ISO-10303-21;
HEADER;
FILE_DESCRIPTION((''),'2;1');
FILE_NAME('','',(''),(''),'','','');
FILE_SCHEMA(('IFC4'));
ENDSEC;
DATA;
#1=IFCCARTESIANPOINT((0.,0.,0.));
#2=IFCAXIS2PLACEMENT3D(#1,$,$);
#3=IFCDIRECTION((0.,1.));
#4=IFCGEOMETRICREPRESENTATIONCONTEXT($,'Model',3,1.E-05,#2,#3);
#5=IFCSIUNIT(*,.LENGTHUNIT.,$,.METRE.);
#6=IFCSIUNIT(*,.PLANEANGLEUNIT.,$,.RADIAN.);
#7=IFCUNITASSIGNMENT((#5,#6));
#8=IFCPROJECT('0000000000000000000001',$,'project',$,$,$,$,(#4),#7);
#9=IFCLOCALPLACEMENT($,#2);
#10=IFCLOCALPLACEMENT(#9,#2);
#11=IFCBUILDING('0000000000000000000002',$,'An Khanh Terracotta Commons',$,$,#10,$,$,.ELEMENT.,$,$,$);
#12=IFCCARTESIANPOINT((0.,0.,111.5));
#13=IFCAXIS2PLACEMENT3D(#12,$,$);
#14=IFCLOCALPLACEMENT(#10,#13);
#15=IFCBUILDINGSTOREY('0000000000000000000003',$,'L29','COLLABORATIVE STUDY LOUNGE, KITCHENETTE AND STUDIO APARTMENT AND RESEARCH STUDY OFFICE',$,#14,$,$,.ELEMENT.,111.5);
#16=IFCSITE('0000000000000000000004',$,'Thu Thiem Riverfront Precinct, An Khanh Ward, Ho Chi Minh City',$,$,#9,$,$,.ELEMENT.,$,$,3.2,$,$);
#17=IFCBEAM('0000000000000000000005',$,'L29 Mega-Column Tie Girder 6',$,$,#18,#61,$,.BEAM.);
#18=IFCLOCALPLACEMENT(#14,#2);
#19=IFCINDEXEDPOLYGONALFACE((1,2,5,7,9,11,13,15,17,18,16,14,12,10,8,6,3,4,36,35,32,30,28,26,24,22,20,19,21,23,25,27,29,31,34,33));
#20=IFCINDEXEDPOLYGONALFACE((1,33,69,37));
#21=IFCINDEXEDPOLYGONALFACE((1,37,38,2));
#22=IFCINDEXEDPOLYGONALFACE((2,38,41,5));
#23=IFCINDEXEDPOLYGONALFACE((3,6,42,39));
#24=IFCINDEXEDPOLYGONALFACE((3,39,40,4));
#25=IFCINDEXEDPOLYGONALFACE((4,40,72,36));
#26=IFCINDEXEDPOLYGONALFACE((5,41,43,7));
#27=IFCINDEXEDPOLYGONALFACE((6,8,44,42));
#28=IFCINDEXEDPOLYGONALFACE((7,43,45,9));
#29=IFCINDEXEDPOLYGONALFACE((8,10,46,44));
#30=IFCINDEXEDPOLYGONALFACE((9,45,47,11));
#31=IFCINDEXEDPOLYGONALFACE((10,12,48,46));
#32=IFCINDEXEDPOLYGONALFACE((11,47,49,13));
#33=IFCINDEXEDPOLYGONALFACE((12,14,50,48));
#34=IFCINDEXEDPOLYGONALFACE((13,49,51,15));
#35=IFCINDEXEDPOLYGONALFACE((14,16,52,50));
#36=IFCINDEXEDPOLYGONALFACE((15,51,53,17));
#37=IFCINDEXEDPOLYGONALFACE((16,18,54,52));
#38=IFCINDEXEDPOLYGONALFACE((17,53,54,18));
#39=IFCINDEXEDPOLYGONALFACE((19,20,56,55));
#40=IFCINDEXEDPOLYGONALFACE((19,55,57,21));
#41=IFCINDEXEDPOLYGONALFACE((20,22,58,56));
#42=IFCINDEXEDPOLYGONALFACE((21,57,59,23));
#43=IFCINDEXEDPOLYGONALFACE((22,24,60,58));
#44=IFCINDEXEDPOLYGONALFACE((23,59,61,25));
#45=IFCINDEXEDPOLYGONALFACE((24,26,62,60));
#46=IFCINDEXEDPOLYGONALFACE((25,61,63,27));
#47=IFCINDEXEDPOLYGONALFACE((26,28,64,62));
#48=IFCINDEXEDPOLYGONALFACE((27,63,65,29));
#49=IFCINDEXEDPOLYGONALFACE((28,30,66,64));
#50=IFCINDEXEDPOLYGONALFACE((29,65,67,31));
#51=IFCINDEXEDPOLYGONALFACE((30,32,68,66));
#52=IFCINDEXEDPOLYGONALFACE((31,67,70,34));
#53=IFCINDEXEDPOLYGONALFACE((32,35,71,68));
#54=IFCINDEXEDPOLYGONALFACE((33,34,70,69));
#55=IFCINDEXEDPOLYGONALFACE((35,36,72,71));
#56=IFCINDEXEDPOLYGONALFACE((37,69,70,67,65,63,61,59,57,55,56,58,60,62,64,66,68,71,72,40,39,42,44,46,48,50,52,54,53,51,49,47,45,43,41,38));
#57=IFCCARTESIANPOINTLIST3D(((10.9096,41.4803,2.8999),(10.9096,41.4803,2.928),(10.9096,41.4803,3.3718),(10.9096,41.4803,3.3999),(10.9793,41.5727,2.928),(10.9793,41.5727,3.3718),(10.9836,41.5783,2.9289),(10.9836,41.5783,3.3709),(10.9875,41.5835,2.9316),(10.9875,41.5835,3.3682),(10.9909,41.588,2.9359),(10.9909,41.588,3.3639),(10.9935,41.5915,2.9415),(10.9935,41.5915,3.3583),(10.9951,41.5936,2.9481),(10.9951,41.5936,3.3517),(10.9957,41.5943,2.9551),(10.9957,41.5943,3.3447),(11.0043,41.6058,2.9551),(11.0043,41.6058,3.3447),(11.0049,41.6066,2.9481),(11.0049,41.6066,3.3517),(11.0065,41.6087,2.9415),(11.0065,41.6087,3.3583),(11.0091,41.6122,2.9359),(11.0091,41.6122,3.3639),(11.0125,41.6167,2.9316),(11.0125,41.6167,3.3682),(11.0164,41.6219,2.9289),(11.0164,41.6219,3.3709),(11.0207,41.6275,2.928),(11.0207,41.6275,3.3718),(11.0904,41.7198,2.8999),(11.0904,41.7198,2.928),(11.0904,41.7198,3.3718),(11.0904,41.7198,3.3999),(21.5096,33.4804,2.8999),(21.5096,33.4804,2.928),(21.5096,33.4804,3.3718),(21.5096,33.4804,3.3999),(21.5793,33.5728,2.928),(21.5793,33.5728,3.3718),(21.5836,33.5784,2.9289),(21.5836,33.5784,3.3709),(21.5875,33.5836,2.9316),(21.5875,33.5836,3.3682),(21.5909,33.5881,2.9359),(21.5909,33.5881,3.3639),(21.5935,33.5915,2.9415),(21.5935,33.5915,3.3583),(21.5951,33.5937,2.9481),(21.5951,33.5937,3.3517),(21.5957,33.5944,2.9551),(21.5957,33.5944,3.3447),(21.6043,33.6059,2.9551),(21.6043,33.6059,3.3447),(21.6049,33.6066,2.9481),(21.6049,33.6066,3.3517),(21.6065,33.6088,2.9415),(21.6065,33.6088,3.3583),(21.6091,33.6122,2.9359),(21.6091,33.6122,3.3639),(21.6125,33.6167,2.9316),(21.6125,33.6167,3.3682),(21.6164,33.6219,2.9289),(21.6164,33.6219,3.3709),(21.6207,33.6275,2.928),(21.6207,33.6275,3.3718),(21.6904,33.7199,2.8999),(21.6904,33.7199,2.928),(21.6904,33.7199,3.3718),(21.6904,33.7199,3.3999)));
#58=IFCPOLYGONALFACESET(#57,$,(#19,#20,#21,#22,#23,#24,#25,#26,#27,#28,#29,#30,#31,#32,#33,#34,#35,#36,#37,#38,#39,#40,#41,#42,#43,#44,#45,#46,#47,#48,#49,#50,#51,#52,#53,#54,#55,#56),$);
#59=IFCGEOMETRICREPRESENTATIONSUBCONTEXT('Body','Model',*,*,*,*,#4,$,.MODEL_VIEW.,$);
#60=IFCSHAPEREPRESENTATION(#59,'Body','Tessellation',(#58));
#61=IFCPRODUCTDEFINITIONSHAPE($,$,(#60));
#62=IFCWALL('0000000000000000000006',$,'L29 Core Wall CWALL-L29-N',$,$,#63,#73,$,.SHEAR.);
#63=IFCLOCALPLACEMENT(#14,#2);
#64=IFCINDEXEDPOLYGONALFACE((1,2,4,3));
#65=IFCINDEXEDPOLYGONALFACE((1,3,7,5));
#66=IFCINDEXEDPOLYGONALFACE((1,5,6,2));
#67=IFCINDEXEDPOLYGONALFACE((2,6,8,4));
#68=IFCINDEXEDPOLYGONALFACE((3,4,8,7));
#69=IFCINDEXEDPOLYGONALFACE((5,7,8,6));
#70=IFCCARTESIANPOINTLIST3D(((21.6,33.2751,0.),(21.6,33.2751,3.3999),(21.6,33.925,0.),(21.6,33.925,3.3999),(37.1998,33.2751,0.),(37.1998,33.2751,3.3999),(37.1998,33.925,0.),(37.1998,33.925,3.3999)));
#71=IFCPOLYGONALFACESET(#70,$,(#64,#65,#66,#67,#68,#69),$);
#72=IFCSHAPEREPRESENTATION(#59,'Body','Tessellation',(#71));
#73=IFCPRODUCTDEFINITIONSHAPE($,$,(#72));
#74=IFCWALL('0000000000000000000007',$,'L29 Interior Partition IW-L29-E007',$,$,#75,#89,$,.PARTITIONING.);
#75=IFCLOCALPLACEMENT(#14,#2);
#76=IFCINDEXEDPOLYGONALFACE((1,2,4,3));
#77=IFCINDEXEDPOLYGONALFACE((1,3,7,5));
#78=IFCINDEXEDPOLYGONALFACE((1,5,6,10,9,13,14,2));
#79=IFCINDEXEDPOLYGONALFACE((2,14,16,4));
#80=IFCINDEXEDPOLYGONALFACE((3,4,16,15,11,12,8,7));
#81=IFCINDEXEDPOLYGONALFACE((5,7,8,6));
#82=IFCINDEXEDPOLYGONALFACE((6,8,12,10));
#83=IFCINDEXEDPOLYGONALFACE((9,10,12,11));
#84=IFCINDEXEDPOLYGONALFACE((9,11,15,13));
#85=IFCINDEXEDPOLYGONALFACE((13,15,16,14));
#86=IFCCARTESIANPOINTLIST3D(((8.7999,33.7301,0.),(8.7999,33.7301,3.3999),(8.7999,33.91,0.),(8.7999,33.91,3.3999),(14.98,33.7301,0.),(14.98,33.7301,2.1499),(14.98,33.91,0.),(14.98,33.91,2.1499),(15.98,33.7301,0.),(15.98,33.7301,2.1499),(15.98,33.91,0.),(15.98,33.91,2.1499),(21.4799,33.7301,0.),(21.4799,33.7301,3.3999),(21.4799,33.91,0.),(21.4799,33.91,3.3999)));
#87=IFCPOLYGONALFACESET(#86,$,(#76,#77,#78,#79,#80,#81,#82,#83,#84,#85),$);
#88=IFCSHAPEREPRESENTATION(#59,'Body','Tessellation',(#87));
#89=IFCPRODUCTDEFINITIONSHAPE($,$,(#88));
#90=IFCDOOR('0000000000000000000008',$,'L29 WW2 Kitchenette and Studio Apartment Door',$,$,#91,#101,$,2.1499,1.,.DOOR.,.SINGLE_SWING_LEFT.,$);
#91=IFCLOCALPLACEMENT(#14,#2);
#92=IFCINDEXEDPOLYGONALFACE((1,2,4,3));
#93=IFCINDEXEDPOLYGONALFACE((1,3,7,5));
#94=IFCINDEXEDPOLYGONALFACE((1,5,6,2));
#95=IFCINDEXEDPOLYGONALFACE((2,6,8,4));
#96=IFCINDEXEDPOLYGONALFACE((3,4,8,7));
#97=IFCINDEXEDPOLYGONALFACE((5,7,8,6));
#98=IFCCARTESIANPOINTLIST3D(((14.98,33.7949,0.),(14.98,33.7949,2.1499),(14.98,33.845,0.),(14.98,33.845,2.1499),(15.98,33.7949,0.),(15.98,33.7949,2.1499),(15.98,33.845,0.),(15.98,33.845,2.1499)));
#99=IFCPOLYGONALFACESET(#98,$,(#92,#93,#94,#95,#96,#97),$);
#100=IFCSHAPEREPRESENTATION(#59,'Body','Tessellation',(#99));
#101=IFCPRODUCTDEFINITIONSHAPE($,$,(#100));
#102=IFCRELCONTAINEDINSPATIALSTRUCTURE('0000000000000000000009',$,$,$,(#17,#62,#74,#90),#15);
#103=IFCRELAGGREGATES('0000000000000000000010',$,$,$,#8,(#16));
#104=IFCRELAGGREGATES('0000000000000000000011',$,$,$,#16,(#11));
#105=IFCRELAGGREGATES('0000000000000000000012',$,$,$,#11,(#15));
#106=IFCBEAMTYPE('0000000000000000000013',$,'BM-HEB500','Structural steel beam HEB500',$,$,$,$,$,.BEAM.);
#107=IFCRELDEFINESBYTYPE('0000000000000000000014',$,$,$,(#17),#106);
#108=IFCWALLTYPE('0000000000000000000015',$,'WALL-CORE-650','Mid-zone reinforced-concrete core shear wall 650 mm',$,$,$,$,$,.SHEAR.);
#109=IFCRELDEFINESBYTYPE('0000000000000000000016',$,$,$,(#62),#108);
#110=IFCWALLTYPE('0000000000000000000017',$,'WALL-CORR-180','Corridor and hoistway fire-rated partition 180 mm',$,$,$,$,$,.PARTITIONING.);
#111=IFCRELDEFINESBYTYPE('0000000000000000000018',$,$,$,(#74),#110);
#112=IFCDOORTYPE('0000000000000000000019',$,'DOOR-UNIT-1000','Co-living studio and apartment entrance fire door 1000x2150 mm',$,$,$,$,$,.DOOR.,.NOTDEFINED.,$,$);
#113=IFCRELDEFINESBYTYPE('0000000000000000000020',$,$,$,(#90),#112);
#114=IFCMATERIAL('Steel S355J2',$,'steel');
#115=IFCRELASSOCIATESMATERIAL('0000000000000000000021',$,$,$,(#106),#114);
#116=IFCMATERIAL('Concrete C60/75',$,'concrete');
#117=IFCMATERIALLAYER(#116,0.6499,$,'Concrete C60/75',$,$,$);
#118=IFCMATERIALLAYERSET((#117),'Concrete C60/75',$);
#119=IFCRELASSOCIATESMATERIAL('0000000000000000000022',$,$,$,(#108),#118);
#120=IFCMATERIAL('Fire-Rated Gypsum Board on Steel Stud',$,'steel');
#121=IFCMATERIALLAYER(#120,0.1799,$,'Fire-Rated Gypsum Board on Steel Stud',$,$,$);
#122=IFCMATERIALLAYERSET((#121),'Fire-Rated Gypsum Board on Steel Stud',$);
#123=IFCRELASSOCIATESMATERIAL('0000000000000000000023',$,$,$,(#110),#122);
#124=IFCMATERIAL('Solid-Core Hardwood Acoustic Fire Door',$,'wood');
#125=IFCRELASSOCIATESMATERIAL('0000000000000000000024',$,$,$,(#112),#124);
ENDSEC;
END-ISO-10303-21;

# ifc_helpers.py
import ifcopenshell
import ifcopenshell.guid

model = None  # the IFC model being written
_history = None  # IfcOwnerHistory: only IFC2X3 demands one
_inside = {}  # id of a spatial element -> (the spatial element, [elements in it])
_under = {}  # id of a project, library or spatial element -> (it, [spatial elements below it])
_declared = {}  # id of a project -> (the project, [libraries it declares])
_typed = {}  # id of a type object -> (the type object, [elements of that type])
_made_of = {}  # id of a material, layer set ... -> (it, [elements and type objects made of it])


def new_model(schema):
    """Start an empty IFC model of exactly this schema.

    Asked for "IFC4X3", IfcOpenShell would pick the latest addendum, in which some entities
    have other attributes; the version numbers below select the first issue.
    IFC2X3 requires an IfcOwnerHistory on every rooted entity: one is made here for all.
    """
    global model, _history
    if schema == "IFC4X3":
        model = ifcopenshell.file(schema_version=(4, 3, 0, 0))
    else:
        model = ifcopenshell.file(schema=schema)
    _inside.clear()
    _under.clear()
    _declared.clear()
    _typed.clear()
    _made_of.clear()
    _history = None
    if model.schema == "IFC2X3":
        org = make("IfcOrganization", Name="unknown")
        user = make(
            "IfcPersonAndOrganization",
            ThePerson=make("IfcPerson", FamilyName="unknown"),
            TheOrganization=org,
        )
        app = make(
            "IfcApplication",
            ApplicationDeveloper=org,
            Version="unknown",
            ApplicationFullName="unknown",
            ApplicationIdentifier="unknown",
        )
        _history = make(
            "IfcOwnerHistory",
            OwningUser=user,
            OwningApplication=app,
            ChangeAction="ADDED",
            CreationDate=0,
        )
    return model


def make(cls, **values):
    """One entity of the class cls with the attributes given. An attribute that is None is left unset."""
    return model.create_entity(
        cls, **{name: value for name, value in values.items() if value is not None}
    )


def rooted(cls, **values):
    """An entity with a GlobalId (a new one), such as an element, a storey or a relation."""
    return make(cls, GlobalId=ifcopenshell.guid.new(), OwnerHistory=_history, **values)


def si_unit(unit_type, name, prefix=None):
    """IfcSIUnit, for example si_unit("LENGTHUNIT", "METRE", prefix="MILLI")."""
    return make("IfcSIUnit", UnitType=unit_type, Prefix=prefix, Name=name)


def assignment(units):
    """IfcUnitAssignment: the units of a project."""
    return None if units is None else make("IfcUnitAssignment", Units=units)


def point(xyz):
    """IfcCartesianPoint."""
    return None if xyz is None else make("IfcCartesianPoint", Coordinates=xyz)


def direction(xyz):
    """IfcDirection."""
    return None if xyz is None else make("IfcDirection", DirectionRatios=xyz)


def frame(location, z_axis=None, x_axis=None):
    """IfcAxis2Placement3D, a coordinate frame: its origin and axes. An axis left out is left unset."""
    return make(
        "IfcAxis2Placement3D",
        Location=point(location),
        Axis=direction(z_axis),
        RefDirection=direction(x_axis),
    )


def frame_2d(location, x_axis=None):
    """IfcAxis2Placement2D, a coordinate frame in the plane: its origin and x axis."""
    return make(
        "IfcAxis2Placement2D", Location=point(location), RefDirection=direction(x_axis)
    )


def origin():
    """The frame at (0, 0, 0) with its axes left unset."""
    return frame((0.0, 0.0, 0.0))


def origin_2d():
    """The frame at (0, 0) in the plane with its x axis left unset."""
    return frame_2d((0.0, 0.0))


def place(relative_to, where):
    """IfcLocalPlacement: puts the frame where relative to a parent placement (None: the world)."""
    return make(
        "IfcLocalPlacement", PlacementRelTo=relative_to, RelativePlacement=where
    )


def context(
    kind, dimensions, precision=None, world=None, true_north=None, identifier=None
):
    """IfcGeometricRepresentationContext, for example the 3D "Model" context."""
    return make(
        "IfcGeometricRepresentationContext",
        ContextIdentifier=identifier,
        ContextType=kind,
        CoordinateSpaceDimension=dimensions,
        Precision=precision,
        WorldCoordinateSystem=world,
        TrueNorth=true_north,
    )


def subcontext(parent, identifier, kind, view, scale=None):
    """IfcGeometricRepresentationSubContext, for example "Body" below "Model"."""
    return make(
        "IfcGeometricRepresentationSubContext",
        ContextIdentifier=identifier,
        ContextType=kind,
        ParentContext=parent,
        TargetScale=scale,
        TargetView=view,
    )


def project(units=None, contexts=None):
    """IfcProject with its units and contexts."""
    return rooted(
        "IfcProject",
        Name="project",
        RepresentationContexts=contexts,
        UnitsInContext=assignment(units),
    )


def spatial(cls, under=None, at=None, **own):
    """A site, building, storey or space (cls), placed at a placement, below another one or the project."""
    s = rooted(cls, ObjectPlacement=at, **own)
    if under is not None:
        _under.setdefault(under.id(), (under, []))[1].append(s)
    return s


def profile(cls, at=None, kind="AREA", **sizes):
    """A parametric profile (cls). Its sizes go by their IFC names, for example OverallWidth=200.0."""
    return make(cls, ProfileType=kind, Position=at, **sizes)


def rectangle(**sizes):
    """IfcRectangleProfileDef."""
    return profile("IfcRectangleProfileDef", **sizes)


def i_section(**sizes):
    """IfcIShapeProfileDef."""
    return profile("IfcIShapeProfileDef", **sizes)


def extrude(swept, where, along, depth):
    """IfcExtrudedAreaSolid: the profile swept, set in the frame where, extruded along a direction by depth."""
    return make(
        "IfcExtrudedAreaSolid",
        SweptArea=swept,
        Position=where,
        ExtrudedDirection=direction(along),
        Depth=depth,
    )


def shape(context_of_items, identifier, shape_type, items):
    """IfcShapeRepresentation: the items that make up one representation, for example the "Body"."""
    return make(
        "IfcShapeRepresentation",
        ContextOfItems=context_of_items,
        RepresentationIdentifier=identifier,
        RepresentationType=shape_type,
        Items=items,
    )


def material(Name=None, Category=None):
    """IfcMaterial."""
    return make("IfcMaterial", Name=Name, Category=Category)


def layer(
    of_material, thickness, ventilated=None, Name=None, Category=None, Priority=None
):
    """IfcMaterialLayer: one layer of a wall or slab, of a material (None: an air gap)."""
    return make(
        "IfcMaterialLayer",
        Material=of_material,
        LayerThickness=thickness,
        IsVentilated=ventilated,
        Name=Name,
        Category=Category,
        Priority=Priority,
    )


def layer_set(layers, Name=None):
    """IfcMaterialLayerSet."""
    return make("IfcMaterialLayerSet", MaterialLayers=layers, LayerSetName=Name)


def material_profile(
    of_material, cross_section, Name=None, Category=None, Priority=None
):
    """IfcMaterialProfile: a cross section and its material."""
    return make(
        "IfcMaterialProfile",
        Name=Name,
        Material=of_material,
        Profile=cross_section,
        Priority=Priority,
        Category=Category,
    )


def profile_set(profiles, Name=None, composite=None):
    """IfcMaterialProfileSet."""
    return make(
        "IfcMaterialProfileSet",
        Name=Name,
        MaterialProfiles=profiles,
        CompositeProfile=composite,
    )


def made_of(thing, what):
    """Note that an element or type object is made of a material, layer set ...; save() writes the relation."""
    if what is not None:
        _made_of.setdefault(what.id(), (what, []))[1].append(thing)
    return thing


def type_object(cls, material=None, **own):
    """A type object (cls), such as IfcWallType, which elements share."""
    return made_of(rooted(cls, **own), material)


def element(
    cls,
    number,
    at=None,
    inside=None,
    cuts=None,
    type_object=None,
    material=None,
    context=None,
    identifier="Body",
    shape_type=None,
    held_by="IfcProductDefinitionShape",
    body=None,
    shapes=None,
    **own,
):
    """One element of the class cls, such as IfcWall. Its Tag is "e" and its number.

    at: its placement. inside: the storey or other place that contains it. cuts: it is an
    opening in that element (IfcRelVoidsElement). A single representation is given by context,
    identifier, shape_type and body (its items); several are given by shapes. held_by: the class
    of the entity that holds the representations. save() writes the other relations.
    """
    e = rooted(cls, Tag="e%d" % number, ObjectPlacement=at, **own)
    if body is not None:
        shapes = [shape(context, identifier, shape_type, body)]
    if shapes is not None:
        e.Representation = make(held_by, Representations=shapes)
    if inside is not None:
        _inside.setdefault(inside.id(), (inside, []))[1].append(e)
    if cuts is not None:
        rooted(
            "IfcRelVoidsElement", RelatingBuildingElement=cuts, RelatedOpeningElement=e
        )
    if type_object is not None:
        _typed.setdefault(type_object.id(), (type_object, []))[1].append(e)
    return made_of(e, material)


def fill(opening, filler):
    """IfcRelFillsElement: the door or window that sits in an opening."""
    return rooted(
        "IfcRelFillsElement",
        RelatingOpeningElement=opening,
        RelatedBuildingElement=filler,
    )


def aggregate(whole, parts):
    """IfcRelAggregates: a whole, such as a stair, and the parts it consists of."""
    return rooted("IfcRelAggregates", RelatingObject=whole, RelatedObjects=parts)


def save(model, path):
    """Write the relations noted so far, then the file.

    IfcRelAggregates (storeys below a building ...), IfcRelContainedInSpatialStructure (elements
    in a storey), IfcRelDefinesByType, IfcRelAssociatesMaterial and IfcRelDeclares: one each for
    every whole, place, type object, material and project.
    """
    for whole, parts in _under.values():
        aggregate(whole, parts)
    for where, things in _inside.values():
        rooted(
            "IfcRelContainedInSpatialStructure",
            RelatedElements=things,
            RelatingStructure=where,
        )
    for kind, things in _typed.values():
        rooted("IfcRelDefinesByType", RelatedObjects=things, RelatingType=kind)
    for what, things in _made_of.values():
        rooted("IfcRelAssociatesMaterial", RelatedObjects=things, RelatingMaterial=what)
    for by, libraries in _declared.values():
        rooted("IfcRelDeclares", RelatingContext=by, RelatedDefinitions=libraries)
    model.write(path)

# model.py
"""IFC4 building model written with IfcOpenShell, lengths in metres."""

from ifc_helpers import new_model, si_unit, direction, frame, frame_2d, origin, origin_2d, place, context, subcontext, project, spatial, rectangle, i_section, extrude, material, layer, layer_set, material_profile, profile_set, type_object, element, fill, save


model = new_model("IFC4")

# Units and contexts
model_context = context("Model", 3, precision=1e-05, world=origin(), true_north=direction((0.0, 1.0)))
body_context = subcontext(model_context, "Body", "Model", "MODEL_VIEW")
ifc_project = project(units=[si_unit("LENGTHUNIT", "METRE"), si_unit("PLANEANGLEUNIT", "RADIAN")], contexts=[model_context])

# Site, building, storey
site_placement = place(None, origin())
site = spatial("IfcSite", under=ifc_project, at=site_placement, Name="Thu Thiem Riverfront Precinct, An Khanh Ward, Ho Chi Minh City", CompositionType="ELEMENT", RefElevation=3.2)
building_placement = place(site_placement, origin())
building = spatial("IfcBuilding", under=site, at=building_placement, Name="An Khanh Terracotta Commons", CompositionType="ELEMENT")
storey_placement = place(building_placement, frame((0.0, 0.0, 111.5)))
storey = spatial("IfcBuildingStorey", under=building, at=storey_placement, Name="L29", Description="COLLABORATIVE STUDY LOUNGE, KITCHENETTE AND STUDIO APARTMENT AND RESEARCH STUDY OFFICE", CompositionType="ELEMENT", Elevation=111.5)

# Beam
ifc_material_1 = material(Name="Steel S355J2", Category="steel")
ifc_material_profile_1 = material_profile(ifc_material_1, i_section(OverallWidth=0.3, OverallDepth=0.5, WebThickness=0.0144, FlangeThickness=0.0281, FilletRadius=0.0271, at=origin_2d()), Name="HEB500")
ifc_profile_set_1 = profile_set([ifc_material_profile_1], Name="Steel S355J2")
beam_type = type_object("IfcBeamType", Name="BM-HEB500", Description="Structural steel beam HEB500", PredefinedType="BEAM", material=ifc_profile_set_1)
beam_1_placement = place(storey_placement, frame((11.0, 41.6001, 3.1499), z_axis=(0.798192, -0.602403, 0.0), x_axis=(0.602403, 0.798192, 0.0)))
element("IfcBeam", 1, at=beam_1_placement, inside=storey, type_object=beam_type, Name="L29 Mega-Column Tie Girder 6", PredefinedType="BEAM", context=body_context, shape_type="SweptSolid", body=[
    extrude(i_section(OverallWidth=0.3, OverallDepth=0.5, WebThickness=0.0144, FlangeThickness=0.0281, FilletRadius=0.0271, at=origin_2d()), origin(), (0.0, 0.0, 1.0), 13.28),
])

# Wall
ifc_material_2 = material(Name="Concrete C60/75", Category="concrete")
ifc_layer_1 = layer(ifc_material_2, 0.6499, Name="Concrete C60/75")
ifc_layer_set_1 = layer_set([ifc_layer_1], Name="Concrete C60/75")
wall_type_1 = type_object("IfcWallType", Name="WALL-CORE-650", Description="Mid-zone reinforced-concrete core shear wall 650 mm", PredefinedType="SHEAR", material=ifc_layer_set_1)
wall_1_placement = place(storey_placement, frame((21.6001, 33.6001, 0.0), z_axis=(0.0, 0.0, 1.0), x_axis=(1.0, 0.0, 0.0)))
element("IfcWall", 2, at=wall_1_placement, inside=storey, type_object=wall_type_1, Name="L29 Core Wall CWALL-L29-N", PredefinedType="SHEAR", context=body_context, shape_type="SweptSolid", body=[
    extrude(rectangle(XDim=15.5999, YDim=0.6499, at=frame_2d((7.7998, 0.0))), origin(), (0.0, 0.0, 1.0), 3.3999),
])

# Wall, opening, door
ifc_material_3 = material(Name="Fire-Rated Gypsum Board on Steel Stud", Category="steel")
ifc_layer_2 = layer(ifc_material_3, 0.1799, Name="Fire-Rated Gypsum Board on Steel Stud")
ifc_layer_set_2 = layer_set([ifc_layer_2], Name="Fire-Rated Gypsum Board on Steel Stud")
wall_type_2 = type_object("IfcWallType", Name="WALL-CORR-180", Description="Corridor and hoistway fire-rated partition 180 mm", PredefinedType="PARTITIONING", material=ifc_layer_set_2)
wall_2_placement = place(storey_placement, frame((8.8, 33.8201, 0.0), z_axis=(0.0, 0.0, 1.0), x_axis=(1.0, 0.0, 0.0)))
wall_2 = element("IfcWall", 3, at=wall_2_placement, inside=storey, type_object=wall_type_2, Name="L29 Interior Partition IW-L29-E007", PredefinedType="PARTITIONING", context=body_context, shape_type="SweptSolid", body=[
    extrude(rectangle(XDim=12.6799, YDim=0.1799, at=frame_2d((6.3398, 0.0))), origin(), (0.0, 0.0, 1.0), 3.3999),
])
opening_1_placement = place(wall_2_placement, frame((6.1799, 0.0, 0.0)))
opening_1 = element("IfcOpeningElement", 4, at=opening_1_placement, cuts=wall_2, PredefinedType="OPENING", context=body_context, shape_type="SweptSolid", body=[
    extrude(rectangle(XDim=1.0, YDim=2.1499, at=frame_2d((0.5, 1.075))), frame((0.0, 0.0999, 0.0), z_axis=(0.0, -1.0, 0.0), x_axis=(1.0, 0.0, 0.0)), (0.0, 0.0, 1.0), 0.2),
])
ifc_material_4 = material(Name="Solid-Core Hardwood Acoustic Fire Door", Category="wood")
door_type_1 = type_object("IfcDoorType", Name="DOOR-UNIT-1000", Description="Co-living studio and apartment entrance fire door 1000x2150 mm", OperationType="NOTDEFINED", PredefinedType="DOOR", material=ifc_material_4)
door_1_placement = place(opening_1_placement, origin())
door_1 = element("IfcDoor", 5, at=door_1_placement, inside=storey, type_object=door_type_1, Name="L29 WW2 Kitchenette and Studio Apartment Door", OperationType="SINGLE_SWING_LEFT", OverallHeight=2.1499, OverallWidth=1.0, PredefinedType="DOOR", context=body_context, shape_type="SweptSolid", body=[
    extrude(rectangle(XDim=1.0, YDim=2.1499, at=frame_2d((0.5, 1.075))), frame((0.0, 0.0249, 0.0), z_axis=(0.0, -1.0, 0.0), x_axis=(1.0, 0.0, 0.0)), (0.0, 0.0, 1.0), 0.05),
])
fill(opening_1, door_1)

save(model, "model.ifc")
